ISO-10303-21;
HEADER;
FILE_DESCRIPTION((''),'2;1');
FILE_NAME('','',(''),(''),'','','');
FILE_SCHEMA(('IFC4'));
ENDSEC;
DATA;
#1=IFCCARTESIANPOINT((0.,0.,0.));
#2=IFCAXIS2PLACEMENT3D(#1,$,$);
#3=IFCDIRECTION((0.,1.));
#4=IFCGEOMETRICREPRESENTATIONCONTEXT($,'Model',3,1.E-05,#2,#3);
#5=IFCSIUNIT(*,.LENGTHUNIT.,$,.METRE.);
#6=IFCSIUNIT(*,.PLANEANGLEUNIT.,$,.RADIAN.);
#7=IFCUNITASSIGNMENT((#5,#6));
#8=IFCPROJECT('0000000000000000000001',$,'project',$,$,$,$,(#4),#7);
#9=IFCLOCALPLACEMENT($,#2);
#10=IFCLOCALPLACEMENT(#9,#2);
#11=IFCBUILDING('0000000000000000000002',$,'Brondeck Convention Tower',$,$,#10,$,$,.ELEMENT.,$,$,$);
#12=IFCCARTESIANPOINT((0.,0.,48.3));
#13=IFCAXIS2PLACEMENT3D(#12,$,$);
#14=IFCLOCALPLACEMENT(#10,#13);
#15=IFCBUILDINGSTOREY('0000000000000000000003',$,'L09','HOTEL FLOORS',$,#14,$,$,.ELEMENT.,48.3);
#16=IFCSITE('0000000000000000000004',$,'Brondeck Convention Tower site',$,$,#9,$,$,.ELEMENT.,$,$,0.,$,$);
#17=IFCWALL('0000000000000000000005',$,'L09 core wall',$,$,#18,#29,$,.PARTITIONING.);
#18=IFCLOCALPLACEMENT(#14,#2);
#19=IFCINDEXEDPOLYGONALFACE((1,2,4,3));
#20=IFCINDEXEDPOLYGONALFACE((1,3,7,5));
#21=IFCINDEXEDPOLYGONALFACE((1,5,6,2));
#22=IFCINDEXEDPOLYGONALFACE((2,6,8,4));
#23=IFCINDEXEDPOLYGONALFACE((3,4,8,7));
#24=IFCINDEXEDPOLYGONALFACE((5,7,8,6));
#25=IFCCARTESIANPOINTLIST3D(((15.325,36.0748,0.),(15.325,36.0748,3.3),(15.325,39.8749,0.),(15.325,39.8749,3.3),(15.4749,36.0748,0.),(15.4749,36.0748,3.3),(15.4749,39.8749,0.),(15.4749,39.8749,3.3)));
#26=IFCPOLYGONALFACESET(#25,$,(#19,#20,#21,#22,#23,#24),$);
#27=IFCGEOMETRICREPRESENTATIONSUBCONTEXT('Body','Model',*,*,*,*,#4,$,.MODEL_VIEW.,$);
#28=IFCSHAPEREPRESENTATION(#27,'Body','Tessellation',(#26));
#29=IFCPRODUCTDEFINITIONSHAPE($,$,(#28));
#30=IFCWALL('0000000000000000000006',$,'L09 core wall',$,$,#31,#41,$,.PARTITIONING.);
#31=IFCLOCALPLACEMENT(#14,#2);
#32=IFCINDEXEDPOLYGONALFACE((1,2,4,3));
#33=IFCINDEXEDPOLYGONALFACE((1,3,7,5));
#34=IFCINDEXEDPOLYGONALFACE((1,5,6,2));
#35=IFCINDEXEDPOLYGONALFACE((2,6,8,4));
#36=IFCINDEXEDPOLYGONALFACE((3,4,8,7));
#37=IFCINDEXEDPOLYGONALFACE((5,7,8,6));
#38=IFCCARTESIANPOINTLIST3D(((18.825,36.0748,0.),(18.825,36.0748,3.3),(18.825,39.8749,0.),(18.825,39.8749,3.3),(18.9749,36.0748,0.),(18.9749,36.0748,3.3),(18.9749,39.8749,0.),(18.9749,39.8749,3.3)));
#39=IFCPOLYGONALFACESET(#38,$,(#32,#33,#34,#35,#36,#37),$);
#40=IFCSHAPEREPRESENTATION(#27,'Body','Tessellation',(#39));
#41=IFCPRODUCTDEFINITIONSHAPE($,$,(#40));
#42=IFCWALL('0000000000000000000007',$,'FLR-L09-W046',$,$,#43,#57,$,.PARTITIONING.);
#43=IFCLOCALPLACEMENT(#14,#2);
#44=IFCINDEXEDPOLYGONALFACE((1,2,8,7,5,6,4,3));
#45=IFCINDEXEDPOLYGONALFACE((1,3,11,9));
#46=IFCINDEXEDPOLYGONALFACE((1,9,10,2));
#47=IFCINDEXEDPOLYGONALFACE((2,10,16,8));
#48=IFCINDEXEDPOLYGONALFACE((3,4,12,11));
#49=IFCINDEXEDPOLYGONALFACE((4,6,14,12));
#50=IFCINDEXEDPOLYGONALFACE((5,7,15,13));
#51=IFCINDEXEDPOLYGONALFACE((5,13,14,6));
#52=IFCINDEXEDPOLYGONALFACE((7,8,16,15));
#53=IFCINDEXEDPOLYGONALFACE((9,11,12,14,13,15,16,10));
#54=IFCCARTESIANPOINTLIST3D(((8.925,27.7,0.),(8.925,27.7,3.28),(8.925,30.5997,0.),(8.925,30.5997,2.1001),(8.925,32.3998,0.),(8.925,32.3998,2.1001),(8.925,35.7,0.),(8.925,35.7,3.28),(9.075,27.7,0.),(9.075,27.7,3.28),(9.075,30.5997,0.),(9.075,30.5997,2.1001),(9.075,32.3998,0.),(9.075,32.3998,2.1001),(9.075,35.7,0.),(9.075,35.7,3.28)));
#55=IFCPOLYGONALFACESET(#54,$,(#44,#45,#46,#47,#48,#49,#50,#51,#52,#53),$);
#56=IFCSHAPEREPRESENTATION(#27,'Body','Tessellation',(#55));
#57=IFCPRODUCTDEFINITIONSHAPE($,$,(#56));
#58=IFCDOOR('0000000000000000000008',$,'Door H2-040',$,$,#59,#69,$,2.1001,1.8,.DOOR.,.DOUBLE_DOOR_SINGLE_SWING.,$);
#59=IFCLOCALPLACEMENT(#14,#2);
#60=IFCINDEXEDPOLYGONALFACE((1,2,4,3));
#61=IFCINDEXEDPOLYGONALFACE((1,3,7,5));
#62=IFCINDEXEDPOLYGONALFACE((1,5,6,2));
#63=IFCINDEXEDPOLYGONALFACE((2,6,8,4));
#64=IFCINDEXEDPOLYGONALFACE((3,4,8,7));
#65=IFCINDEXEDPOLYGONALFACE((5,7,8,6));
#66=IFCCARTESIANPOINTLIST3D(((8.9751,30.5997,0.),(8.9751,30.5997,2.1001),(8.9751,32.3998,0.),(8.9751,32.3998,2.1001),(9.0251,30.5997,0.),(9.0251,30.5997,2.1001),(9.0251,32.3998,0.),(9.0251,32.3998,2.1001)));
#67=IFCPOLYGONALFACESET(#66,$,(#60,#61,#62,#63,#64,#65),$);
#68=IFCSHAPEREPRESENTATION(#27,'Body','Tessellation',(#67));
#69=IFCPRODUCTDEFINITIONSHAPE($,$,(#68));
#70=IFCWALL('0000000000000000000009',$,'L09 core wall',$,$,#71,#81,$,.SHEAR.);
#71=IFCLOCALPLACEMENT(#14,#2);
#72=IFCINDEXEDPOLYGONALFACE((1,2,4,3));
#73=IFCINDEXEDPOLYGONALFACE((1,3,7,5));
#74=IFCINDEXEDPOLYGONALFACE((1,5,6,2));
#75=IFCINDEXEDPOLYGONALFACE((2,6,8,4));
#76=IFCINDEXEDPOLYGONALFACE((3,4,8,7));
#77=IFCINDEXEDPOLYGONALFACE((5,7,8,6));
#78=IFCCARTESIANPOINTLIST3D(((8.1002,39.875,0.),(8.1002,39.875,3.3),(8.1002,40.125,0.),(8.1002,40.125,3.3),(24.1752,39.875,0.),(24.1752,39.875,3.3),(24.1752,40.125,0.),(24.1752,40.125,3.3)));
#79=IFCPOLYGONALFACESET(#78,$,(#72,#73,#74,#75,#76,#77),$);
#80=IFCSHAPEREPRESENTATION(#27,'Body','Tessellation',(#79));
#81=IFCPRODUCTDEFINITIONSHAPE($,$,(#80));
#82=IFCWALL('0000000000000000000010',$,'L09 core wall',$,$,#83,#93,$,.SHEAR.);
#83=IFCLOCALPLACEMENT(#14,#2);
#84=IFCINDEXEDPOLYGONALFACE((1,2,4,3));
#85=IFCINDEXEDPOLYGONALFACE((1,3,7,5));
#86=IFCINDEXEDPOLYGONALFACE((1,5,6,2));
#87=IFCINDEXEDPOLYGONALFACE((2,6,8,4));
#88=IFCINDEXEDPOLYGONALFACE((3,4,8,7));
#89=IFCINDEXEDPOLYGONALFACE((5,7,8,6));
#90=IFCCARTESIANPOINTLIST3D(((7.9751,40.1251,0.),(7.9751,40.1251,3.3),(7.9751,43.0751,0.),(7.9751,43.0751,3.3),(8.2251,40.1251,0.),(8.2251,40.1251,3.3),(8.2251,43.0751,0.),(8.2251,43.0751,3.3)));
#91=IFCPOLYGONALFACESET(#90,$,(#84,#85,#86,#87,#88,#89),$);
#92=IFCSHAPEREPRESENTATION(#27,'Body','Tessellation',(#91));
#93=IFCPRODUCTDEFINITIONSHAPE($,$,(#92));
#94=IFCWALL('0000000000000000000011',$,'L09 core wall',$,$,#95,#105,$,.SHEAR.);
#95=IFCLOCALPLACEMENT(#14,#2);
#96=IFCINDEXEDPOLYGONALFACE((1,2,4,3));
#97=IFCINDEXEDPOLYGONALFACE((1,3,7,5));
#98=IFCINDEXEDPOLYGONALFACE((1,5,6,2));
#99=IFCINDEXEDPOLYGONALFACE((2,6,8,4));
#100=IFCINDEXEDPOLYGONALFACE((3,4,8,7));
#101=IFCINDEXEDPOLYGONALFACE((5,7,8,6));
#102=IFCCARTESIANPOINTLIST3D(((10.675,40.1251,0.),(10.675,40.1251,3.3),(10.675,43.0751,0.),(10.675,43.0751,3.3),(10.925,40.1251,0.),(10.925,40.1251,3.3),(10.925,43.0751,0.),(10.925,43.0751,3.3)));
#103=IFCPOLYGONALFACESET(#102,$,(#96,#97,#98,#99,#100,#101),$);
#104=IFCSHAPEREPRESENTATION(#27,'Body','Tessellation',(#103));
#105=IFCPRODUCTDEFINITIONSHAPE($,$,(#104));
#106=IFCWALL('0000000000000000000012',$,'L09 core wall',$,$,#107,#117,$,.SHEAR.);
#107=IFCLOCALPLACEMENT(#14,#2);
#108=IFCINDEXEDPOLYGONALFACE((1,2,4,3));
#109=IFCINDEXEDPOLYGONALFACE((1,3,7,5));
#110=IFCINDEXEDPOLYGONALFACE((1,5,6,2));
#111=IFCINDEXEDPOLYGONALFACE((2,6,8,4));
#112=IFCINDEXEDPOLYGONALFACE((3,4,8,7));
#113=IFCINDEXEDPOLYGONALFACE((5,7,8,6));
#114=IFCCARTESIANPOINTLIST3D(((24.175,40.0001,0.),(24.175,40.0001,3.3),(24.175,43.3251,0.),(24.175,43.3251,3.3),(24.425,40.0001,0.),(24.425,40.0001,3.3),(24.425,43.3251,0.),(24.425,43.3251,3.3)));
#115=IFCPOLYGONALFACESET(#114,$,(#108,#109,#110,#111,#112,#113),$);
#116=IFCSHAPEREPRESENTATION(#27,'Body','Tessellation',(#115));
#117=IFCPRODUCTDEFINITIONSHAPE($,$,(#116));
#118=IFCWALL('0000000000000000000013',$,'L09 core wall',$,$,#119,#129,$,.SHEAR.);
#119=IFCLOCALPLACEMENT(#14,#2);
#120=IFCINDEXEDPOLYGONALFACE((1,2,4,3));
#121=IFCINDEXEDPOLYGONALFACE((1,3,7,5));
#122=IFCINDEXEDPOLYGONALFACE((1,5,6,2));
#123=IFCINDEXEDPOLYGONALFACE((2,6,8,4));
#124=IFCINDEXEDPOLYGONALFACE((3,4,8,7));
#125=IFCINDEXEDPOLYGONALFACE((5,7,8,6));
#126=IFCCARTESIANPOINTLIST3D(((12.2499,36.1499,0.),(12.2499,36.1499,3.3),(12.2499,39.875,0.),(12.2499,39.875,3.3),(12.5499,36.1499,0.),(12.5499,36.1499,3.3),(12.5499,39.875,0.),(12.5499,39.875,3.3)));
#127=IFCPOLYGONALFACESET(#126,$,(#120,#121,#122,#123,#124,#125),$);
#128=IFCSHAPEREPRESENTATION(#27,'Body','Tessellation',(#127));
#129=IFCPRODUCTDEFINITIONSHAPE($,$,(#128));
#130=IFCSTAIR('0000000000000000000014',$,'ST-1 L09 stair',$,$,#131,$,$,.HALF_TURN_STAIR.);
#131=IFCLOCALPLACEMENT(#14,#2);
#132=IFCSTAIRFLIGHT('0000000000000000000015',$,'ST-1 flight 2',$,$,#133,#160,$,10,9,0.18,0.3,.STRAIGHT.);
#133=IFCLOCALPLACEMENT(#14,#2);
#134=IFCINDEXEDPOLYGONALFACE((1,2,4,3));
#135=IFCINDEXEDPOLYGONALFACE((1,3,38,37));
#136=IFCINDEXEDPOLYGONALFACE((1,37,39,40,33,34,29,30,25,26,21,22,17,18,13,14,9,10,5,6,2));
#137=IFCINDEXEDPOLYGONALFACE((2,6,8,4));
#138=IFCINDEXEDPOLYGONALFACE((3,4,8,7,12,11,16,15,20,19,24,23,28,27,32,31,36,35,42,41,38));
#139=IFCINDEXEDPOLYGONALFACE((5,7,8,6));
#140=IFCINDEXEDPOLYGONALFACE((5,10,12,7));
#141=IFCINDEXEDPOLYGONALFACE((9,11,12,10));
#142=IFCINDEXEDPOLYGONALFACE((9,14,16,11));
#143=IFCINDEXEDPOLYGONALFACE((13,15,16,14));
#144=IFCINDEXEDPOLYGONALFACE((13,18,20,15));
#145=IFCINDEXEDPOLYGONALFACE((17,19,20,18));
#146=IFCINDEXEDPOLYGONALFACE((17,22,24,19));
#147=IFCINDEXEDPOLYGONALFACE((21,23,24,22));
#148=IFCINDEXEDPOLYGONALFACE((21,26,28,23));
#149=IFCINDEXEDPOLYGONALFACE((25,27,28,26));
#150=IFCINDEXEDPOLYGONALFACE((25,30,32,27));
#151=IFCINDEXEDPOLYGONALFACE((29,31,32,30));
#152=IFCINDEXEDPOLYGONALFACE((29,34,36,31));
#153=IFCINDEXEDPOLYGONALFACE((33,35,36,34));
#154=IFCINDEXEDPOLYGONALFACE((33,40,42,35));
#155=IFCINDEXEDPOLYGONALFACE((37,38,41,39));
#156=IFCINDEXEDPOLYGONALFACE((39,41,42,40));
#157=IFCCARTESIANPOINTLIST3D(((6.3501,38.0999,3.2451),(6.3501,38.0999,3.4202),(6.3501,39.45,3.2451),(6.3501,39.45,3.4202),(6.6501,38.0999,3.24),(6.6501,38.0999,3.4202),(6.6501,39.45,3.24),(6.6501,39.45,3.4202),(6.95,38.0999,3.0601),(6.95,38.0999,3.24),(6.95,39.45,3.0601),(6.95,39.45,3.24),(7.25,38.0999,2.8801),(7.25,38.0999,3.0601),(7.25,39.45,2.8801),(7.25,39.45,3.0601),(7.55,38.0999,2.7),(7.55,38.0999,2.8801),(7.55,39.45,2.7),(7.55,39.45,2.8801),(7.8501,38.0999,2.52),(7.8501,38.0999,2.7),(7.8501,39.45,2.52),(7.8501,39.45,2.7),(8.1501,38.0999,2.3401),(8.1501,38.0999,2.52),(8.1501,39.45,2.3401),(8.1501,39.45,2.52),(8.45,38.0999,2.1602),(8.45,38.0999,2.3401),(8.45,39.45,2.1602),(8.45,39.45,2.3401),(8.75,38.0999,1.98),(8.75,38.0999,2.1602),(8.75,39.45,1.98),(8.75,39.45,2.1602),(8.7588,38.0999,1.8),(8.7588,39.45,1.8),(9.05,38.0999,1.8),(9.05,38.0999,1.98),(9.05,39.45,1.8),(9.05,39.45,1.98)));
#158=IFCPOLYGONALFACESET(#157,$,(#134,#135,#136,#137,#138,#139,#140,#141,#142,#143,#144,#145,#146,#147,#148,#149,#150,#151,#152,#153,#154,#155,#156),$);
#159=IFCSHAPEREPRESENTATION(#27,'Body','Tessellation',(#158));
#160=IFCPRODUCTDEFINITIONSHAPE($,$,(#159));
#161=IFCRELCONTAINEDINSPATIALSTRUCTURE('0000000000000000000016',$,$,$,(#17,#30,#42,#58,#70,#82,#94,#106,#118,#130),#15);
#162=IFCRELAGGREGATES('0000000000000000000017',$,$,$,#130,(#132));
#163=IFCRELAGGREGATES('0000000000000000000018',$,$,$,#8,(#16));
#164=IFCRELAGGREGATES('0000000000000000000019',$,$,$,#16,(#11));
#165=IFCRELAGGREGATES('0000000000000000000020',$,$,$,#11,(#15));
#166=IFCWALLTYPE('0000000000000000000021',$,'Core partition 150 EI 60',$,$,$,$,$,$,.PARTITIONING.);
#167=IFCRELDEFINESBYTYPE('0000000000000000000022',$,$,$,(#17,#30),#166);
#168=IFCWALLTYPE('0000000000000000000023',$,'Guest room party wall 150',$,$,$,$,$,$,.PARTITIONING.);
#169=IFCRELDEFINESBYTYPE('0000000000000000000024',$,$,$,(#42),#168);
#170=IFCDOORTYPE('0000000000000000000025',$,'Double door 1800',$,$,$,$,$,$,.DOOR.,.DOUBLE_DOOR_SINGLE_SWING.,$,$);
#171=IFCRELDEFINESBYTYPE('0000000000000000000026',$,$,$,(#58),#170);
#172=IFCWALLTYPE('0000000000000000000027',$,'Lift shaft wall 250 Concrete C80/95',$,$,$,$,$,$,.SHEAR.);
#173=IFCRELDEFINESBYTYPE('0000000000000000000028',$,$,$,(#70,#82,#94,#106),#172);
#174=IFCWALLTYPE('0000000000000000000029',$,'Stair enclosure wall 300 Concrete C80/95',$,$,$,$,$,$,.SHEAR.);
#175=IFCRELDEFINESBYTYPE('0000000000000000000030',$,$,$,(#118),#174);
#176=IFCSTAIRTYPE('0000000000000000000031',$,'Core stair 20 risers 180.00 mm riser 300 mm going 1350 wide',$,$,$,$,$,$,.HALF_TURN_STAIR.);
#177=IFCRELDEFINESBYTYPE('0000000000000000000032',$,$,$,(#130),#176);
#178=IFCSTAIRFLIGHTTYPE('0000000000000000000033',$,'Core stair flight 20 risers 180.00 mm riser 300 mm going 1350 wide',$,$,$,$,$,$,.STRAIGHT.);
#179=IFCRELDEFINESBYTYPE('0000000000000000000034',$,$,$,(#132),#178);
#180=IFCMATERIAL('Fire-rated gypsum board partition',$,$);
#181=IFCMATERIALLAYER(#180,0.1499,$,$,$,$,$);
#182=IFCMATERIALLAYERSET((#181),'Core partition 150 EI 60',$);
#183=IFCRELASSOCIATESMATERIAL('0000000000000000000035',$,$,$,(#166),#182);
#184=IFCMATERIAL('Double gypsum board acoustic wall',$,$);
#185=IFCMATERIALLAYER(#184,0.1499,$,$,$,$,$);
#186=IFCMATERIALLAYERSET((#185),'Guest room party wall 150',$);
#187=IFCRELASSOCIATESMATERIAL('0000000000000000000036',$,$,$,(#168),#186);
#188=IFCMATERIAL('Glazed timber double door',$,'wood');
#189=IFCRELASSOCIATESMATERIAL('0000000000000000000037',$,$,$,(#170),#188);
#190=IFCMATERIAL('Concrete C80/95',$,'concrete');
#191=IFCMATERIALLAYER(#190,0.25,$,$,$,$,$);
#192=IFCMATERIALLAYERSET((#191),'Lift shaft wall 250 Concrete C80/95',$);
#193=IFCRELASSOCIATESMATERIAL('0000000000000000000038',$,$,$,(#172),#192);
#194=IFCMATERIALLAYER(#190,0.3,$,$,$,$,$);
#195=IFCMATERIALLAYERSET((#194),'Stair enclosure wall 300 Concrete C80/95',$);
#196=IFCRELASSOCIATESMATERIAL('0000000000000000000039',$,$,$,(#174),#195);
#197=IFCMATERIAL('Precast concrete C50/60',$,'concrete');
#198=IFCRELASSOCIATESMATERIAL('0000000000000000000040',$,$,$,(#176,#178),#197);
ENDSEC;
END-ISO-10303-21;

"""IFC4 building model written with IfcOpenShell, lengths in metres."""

from ifc_helpers import new_model, si_unit, direction, frame, frame_2d, origin, place, context, subcontext, project, spatial, polyline, rectangle, outline, extrude, material, layer, layer_set, type_object, element, fill, aggregate, save


model = new_model("IFC4")

# Units and contexts
model_context = context("Model", 3, precision=1e-05, world=origin(), true_north=direction((0.0, 1.0)))
body_context = subcontext(model_context, "Body", "Model", "MODEL_VIEW")
ifc_project = project(units=[si_unit("LENGTHUNIT", "METRE"), si_unit("PLANEANGLEUNIT", "RADIAN")], contexts=[model_context])

# Site, building, storey
site_placement = place(None, origin())
site = spatial("IfcSite", under=ifc_project, at=site_placement, Name="Brondeck Convention Tower site", CompositionType="ELEMENT", RefElevation=0.0)
building_placement = place(site_placement, origin())
building = spatial("IfcBuilding", under=site, at=building_placement, Name="Brondeck Convention Tower", CompositionType="ELEMENT")
storey_placement = place(building_placement, frame((0.0, 0.0, 48.3)))
storey = spatial("IfcBuildingStorey", under=building, at=storey_placement, Name="L09", Description="HOTEL FLOORS", CompositionType="ELEMENT", Elevation=48.3)

# Shared definitions
ifc_material_1 = material(Name="Concrete C80/95", Category="concrete")

# Walls
ifc_material_2 = material(Name="Fire-rated gypsum board partition")
ifc_layer_1 = layer(ifc_material_2, 0.1499)
ifc_layer_set_1 = layer_set([ifc_layer_1], Name="Core partition 150 EI 60")
wall_type_1 = type_object("IfcWallType", Name="Core partition 150 EI 60", PredefinedType="PARTITIONING", material=ifc_layer_set_1)
for number, where, z_axis, x_axis, name in (
    (1, (15.3999, 36.075, 0.0), (0.0, 0.0, 1.0), (0.0, 1.0, 0.0), "L09 core wall"),
    (2, (18.8999, 36.075, 0.0), (0.0, 0.0, 1.0), (0.0, 1.0, 0.0), "L09 core wall"),
):
    element("IfcWall", number, at=place(storey_placement, frame(where, z_axis=z_axis, x_axis=x_axis)), inside=storey, type_object=wall_type_1, Name=name, PredefinedType="PARTITIONING", context=body_context, shape_type="SweptSolid", body=[
        extrude(rectangle(XDim=3.8, YDim=0.1499, at=frame_2d((1.8999, 0.0))), origin(), (0.0, 0.0, 1.0), 3.3),
    ])

# Wall, opening, door
ifc_material_3 = material(Name="Double gypsum board acoustic wall")
ifc_layer_2 = layer(ifc_material_3, 0.1499)
ifc_layer_set_2 = layer_set([ifc_layer_2], Name="Guest room party wall 150")
wall_type_2 = type_object("IfcWallType", Name="Guest room party wall 150", PredefinedType="PARTITIONING", material=ifc_layer_set_2)
wall_1_placement = place(storey_placement, frame((9.0, 27.7, 0.0), z_axis=(0.0, 0.0, 1.0), x_axis=(0.0, 1.0, 0.0)))
wall_1 = element("IfcWall", 3, at=wall_1_placement, inside=storey, type_object=wall_type_2, Name="FLR-L09-W046", PredefinedType="PARTITIONING", context=body_context, shape_type="SweptSolid", body=[
    extrude(rectangle(XDim=8.0, YDim=0.1499, at=frame_2d((4.0, 0.0))), origin(), (0.0, 0.0, 1.0), 3.28),
])
opening_1_placement = place(wall_1_placement, frame((2.8999, 0.0, 0.0)))
opening_1 = element("IfcOpeningElement", 4, at=opening_1_placement, cuts=wall_1, PredefinedType="OPENING", context=body_context, shape_type="SweptSolid", body=[
    extrude(rectangle(XDim=1.8, YDim=2.1001, at=frame_2d((0.8999, 1.05))), frame((0.0, 0.085, 0.0), z_axis=(0.0, -1.0, 0.0), x_axis=(1.0, 0.0, 0.0)), (0.0, 0.0, 1.0), 0.1699),
])
ifc_material_4 = material(Name="Glazed timber double door", Category="wood")
door_type_1 = type_object("IfcDoorType", Name="Double door 1800", OperationType="DOUBLE_DOOR_SINGLE_SWING", PredefinedType="DOOR", material=ifc_material_4)
door_1_placement = place(opening_1_placement, origin())
door_1 = element("IfcDoor", 5, at=door_1_placement, inside=storey, type_object=door_type_1, Name="Door H2-040", OperationType="DOUBLE_DOOR_SINGLE_SWING", OverallHeight=2.1001, OverallWidth=1.8, PredefinedType="DOOR", context=body_context, shape_type="SweptSolid", body=[
    extrude(rectangle(XDim=1.8, YDim=2.1001, at=frame_2d((0.8999, 1.05))), frame((0.0, 0.0249, 0.0), z_axis=(0.0, -1.0, 0.0), x_axis=(1.0, 0.0, 0.0)), (0.0, 0.0, 1.0), 0.05),
])
fill(opening_1, door_1)

# Walls
ifc_layer_3 = layer(ifc_material_1, 0.25)
ifc_layer_set_3 = layer_set([ifc_layer_3], Name="Lift shaft wall 250 Concrete C80/95")
wall_type_3 = type_object("IfcWallType", Name="Lift shaft wall 250 Concrete C80/95", PredefinedType="SHEAR", material=ifc_layer_set_3)
wall_2_placement = place(storey_placement, frame((8.1001, 40.0, 0.0), z_axis=(0.0, 0.0, 1.0), x_axis=(1.0, 0.0, 0.0)))
element("IfcWall", 6, at=wall_2_placement, inside=storey, type_object=wall_type_3, Name="L09 core wall", PredefinedType="SHEAR", context=body_context, shape_type="SweptSolid", body=[
    extrude(rectangle(XDim=16.075, YDim=0.25, at=frame_2d((8.0376, 0.0))), origin(), (0.0, 0.0, 1.0), 3.3),
])
for number, where, z_axis, x_axis, name in (
    (7, (8.1001, 40.125, 0.0), (0.0, 0.0, 1.0), (0.0, 1.0, 0.0), "L09 core wall"),
    (8, (10.8, 40.125, 0.0), (0.0, 0.0, 1.0), (0.0, 1.0, 0.0), "L09 core wall"),
):
    element("IfcWall", number, at=place(storey_placement, frame(where, z_axis=z_axis, x_axis=x_axis)), inside=storey, type_object=wall_type_3, Name=name, PredefinedType="SHEAR", context=body_context, shape_type="SweptSolid", body=[
        extrude(rectangle(XDim=2.95, YDim=0.25, at=frame_2d((1.4751, 0.0))), origin(), (0.0, 0.0, 1.0), 3.3),
    ])
wall_3_placement = place(storey_placement, frame((24.3, 40.0, 0.0), z_axis=(0.0, 0.0, 1.0), x_axis=(0.0, 1.0, 0.0)))
element("IfcWall", 9, at=wall_3_placement, inside=storey, type_object=wall_type_3, Name="L09 core wall", PredefinedType="SHEAR", context=body_context, shape_type="SweptSolid", body=[
    extrude(rectangle(XDim=3.325, YDim=0.25, at=frame_2d((1.6626, 0.0))), origin(), (0.0, 0.0, 1.0), 3.3),
])
ifc_layer_4 = layer(ifc_material_1, 0.3)
ifc_layer_set_4 = layer_set([ifc_layer_4], Name="Stair enclosure wall 300 Concrete C80/95")
wall_type_4 = type_object("IfcWallType", Name="Stair enclosure wall 300 Concrete C80/95", PredefinedType="SHEAR", material=ifc_layer_set_4)
wall_4_placement = place(storey_placement, frame((12.3999, 36.1499, 0.0), z_axis=(0.0, 0.0, 1.0), x_axis=(0.0, 1.0, 0.0)))
element("IfcWall", 10, at=wall_4_placement, inside=storey, type_object=wall_type_4, Name="L09 core wall", PredefinedType="SHEAR", context=body_context, shape_type="SweptSolid", body=[
    extrude(rectangle(XDim=3.7251, YDim=0.3, at=frame_2d((1.8625, 0.0))), origin(), (0.0, 0.0, 1.0), 3.3),
])

# Stair, stair flight
ifc_material_5 = material(Name="Precast concrete C50/60", Category="concrete")
stair_type = type_object("IfcStairType", Name="Core stair 20 risers 180.00 mm riser 300 mm going 1350 wide", PredefinedType="HALF_TURN_STAIR", material=ifc_material_5)
stair_placement = place(storey_placement, origin())
stair = element("IfcStair", 11, at=stair_placement, inside=storey, type_object=stair_type, Name="ST-1 L09 stair", PredefinedType="HALF_TURN_STAIR")
stair_flight_type = type_object("IfcStairFlightType", Name="Core stair flight 20 risers 180.00 mm riser 300 mm going 1350 wide", PredefinedType="STRAIGHT", material=ifc_material_5)
stair_flight_placement = place(storey_placement, frame((9.05, 38.7749, 1.8), z_axis=(0.0, 0.0, 1.0), x_axis=(-1.0, 0.0, 0.0)))
stair_flight = element("IfcStairFlight", 12, at=stair_flight_placement, type_object=stair_flight_type, Name="ST-1 flight 2", NumberOfRisers=10, NumberOfTreads=9, PredefinedType="STRAIGHT", RiserHeight=0.18, TreadLength=0.3, context=body_context, shape_type="SweptSolid", body=[
    extrude(outline(polyline([(0.0, 0.0), (0.0, 0.1799), (0.3, 0.1799), (0.3, 0.3601), (0.6001, 0.3601), (0.6001, 0.54), (0.8999, 0.54), (0.8999, 0.72), (1.2, 0.72), (1.2, 0.8999), (1.5, 0.8999), (1.5, 1.0801), (1.8, 1.0801), (1.8, 1.26), (2.1001, 1.26), (2.1001, 1.4399), (2.3999, 1.4399), (2.3999, 1.6201), (2.7, 1.6201), (2.7, 1.8), (2.7, 1.4451), (0.2913, 0.0), (0.0, 0.0)])), frame((0.0, 0.675, 0.0), z_axis=(0.0, -1.0, 0.0), x_axis=(1.0, 0.0, 0.0)), (0.0, 0.0, 1.0), 1.3501),
])
aggregate(stair, [stair_flight])

save(model, "model.ifc")
